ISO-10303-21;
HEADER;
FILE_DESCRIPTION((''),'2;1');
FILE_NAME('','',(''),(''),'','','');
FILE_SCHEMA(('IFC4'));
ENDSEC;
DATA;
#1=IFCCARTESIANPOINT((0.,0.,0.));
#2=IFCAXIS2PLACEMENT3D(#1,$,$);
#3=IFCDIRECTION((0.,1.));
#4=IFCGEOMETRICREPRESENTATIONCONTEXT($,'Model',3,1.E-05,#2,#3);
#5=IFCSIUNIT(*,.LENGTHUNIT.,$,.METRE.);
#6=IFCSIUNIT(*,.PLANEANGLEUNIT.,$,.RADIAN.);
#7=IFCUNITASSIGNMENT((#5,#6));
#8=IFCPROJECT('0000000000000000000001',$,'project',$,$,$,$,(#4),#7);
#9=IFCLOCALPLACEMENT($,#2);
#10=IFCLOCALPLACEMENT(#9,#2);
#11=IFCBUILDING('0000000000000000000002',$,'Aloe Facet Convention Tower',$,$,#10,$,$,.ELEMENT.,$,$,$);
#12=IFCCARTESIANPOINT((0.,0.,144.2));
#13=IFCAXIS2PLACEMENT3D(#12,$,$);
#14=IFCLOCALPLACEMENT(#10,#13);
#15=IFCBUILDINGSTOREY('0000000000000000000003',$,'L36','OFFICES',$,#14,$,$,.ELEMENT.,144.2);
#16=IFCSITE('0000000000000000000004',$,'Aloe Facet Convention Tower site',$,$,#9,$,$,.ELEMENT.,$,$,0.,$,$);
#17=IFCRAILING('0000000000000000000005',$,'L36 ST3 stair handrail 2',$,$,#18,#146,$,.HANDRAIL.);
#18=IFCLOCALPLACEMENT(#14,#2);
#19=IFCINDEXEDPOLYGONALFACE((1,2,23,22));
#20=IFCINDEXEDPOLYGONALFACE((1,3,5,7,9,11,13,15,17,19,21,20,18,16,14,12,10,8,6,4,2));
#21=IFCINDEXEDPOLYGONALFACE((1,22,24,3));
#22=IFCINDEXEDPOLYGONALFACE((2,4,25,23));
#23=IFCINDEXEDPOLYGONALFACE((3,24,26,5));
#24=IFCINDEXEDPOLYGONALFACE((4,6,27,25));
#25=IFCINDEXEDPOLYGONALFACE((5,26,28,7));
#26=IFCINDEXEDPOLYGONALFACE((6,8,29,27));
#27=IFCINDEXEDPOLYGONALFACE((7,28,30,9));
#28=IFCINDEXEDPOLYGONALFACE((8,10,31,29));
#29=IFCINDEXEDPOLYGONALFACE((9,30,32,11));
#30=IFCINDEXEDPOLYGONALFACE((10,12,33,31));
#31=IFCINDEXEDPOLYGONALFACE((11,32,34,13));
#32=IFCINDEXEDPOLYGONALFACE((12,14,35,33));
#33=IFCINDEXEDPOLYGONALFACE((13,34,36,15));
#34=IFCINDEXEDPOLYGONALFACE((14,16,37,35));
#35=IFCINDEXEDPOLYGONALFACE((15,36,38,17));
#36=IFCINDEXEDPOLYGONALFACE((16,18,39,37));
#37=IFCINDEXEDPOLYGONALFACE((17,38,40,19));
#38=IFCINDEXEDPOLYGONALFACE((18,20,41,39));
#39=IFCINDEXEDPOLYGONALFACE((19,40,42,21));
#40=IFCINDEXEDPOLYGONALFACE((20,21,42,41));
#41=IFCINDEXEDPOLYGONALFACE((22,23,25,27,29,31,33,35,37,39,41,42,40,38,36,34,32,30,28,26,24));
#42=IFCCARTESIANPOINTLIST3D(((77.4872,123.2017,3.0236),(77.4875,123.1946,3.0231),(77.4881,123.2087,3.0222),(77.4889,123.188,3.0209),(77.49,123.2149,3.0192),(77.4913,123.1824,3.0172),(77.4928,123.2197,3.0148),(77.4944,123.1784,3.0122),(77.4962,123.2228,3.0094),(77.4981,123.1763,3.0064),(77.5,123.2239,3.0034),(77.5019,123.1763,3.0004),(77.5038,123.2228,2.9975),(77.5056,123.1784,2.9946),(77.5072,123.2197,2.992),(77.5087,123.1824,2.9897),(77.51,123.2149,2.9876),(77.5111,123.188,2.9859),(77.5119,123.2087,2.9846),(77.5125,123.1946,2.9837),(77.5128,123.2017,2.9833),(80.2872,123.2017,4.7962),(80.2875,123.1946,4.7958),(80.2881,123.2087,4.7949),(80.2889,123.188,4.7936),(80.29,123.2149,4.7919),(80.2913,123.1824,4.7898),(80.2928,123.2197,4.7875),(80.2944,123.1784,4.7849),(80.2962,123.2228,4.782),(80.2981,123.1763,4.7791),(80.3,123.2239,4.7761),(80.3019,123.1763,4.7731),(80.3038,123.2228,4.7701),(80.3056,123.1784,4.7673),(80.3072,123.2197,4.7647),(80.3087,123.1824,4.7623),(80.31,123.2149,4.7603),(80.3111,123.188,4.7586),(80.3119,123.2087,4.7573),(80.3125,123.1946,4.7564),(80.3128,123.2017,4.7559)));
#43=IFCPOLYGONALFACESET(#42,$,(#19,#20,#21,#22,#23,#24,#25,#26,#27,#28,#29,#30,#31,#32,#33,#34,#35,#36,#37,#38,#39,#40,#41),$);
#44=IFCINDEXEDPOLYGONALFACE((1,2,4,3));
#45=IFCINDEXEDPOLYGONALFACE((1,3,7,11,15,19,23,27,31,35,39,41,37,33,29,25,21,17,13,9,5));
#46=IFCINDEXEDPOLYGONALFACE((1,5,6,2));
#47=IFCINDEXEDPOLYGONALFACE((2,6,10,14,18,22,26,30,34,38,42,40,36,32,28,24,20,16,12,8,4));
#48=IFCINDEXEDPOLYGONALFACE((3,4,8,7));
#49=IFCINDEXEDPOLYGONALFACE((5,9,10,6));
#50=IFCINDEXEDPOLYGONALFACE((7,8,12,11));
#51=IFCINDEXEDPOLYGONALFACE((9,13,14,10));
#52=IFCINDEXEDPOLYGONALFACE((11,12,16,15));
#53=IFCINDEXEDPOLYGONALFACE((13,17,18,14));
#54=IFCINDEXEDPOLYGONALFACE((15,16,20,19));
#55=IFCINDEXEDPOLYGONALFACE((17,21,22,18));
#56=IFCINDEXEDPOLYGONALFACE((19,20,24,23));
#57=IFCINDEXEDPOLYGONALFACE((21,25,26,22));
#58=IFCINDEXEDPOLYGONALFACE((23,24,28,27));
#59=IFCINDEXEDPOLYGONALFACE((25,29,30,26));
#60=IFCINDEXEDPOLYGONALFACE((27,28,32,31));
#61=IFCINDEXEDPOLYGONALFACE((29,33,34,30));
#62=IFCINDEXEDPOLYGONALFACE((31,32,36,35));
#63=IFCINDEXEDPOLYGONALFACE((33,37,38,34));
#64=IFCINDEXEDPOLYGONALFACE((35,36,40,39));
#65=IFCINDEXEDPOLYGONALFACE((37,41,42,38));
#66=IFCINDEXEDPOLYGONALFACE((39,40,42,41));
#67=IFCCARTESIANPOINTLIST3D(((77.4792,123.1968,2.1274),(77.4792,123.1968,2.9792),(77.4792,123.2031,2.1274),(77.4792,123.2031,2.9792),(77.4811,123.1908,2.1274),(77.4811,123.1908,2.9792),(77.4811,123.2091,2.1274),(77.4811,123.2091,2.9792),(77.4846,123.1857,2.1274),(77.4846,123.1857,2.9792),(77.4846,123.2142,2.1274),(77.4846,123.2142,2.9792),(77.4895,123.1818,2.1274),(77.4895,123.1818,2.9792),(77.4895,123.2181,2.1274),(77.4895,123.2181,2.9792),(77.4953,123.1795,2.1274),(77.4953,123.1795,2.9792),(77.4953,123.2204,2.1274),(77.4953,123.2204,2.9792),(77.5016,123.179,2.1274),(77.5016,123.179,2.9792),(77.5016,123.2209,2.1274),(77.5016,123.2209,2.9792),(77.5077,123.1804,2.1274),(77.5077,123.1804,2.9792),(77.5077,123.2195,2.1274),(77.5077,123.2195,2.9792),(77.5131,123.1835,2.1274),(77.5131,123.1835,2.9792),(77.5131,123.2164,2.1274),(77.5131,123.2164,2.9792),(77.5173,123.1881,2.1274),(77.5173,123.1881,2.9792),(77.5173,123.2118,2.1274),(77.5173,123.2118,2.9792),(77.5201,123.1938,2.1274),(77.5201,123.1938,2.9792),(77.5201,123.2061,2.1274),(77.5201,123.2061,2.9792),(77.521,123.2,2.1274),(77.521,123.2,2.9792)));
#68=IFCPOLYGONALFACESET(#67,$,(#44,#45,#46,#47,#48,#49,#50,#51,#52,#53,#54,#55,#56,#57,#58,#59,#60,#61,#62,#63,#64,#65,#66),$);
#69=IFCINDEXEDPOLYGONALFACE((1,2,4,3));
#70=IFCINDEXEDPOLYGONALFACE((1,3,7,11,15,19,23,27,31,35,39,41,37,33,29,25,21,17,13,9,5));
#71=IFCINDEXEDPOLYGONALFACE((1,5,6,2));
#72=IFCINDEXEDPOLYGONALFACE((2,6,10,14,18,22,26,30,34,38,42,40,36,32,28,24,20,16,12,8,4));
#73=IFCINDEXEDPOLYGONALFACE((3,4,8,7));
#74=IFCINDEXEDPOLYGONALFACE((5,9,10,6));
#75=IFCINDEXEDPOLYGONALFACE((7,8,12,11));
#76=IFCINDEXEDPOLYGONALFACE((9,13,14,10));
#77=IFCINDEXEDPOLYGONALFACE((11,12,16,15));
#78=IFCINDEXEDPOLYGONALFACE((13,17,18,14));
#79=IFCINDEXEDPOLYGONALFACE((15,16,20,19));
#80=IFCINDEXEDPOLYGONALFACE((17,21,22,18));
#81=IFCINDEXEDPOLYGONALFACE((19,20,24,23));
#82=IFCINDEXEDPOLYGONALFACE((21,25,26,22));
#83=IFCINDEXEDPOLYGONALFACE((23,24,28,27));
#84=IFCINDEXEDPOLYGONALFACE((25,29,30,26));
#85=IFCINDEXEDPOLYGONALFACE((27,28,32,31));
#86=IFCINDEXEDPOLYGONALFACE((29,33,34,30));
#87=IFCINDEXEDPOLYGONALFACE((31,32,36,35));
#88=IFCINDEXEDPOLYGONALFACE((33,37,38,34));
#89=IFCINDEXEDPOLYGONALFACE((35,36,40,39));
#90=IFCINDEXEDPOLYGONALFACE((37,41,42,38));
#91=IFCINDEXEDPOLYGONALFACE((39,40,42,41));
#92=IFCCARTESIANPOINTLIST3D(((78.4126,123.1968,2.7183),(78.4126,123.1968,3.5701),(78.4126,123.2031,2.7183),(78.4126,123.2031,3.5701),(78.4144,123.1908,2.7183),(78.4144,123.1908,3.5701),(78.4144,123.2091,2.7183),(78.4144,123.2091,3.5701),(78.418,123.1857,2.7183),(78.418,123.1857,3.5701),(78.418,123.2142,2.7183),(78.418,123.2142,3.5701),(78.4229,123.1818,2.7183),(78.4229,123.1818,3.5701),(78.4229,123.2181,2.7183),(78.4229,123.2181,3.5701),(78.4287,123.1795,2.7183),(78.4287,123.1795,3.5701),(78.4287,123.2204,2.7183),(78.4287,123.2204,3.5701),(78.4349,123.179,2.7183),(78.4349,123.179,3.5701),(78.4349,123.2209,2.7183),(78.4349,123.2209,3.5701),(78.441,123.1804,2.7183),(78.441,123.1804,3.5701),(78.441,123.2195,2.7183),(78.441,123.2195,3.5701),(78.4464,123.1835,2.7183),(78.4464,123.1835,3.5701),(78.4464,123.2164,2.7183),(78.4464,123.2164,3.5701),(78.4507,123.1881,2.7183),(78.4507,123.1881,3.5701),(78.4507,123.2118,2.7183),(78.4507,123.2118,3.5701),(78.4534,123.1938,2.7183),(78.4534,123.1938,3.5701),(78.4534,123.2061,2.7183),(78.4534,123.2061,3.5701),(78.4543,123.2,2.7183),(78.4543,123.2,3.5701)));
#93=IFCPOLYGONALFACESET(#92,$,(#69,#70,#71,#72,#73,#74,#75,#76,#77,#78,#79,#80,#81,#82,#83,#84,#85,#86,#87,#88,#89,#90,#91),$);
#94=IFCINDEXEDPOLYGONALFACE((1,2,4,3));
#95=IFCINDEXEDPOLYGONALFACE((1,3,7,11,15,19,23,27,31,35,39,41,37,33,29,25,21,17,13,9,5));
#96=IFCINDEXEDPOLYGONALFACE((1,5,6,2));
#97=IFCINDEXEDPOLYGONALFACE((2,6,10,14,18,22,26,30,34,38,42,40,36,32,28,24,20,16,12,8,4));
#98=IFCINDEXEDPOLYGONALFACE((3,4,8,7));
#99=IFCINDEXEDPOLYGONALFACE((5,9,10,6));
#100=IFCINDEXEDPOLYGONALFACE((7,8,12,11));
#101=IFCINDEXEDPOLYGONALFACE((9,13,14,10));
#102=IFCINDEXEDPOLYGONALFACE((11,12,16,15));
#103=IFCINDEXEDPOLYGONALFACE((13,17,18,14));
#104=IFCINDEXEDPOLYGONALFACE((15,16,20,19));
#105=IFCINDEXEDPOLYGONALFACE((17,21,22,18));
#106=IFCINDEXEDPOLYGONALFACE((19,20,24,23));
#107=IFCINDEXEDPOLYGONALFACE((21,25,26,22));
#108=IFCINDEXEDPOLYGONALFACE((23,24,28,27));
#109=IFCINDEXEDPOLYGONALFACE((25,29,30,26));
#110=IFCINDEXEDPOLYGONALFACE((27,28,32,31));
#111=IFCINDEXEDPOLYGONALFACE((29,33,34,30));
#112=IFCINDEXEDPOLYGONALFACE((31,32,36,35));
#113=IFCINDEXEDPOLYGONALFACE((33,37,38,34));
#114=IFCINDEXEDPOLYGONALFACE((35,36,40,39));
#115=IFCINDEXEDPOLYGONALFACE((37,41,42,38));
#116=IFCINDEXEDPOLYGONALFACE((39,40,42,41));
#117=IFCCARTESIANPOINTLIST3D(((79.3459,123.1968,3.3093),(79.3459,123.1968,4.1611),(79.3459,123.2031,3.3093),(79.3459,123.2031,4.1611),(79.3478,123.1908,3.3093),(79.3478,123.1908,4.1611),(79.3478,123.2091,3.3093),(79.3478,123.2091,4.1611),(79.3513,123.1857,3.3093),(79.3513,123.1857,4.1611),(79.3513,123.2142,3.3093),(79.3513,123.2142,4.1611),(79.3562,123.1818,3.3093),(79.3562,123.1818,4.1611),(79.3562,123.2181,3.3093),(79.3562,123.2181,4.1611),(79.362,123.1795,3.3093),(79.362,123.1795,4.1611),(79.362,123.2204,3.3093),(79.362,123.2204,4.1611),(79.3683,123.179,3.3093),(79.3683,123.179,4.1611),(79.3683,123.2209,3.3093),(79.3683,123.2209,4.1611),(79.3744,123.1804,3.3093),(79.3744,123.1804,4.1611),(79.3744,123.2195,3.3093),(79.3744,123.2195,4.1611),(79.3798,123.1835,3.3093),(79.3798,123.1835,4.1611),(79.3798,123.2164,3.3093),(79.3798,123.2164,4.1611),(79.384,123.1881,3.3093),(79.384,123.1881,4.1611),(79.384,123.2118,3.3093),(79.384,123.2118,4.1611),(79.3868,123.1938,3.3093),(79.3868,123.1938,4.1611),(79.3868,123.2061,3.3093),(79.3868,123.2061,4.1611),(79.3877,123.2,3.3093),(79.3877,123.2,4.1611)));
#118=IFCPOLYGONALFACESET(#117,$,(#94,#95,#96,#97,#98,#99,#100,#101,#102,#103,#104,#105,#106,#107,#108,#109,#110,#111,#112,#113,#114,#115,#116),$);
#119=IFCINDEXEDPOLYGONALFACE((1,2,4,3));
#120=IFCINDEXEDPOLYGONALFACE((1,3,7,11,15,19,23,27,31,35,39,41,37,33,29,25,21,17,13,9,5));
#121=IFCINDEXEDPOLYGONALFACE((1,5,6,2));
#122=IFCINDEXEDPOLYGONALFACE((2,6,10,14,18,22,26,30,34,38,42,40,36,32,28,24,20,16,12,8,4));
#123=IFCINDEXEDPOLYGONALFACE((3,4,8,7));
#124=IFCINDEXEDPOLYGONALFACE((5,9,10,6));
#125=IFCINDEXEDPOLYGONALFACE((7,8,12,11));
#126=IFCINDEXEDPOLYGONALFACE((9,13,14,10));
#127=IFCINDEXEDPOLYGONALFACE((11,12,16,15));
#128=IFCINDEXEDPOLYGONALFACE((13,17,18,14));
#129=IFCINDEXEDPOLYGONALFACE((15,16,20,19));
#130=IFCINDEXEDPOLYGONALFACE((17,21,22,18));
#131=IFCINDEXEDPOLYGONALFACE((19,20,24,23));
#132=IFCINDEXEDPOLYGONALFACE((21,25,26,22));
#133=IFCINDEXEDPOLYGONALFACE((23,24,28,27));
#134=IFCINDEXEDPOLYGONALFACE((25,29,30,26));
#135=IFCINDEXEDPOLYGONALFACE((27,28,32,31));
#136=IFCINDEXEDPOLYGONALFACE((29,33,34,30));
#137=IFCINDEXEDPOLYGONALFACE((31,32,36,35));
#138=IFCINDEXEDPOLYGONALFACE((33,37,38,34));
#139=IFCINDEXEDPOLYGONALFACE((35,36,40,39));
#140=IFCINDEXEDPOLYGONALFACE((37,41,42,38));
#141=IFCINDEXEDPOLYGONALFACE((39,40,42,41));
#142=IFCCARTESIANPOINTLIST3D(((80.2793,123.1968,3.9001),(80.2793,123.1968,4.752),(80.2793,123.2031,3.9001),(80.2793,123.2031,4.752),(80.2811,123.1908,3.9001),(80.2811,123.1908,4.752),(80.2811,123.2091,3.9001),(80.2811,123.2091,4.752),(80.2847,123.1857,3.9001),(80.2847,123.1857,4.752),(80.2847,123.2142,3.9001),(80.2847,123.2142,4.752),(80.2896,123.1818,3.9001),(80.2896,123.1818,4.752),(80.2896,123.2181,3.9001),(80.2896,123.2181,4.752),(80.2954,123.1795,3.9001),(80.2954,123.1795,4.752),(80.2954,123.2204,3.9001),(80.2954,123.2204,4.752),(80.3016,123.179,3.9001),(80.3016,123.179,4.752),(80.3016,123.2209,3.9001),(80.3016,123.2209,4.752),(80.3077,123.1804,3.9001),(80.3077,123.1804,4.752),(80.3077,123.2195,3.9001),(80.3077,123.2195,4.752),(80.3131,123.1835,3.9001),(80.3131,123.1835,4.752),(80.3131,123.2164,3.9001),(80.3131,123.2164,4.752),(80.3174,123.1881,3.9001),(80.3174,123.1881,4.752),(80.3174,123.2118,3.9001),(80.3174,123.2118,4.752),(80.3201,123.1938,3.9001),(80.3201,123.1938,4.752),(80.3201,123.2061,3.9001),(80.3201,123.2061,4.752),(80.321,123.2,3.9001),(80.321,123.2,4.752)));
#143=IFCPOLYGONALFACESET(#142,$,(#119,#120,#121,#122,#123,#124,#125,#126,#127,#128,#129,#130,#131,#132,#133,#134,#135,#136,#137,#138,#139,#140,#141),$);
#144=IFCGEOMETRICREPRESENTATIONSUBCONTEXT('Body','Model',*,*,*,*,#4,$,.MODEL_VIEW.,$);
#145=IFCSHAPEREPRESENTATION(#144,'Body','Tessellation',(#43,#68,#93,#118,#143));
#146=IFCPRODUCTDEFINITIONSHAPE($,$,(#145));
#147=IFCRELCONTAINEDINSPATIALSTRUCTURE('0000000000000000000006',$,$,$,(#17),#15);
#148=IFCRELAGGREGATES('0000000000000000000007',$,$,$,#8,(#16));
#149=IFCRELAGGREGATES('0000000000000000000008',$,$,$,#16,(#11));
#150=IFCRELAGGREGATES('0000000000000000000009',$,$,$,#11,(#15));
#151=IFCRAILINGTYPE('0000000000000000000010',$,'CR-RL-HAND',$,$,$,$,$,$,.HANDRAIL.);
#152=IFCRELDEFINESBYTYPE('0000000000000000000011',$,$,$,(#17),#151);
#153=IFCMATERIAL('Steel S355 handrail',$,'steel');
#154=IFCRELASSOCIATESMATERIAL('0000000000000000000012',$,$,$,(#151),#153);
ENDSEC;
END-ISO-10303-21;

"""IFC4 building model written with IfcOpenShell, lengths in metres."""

from ifc_helpers import new_model, si_unit, direction, frame, origin, origin_2d, place, context, subcontext, project, spatial, circle, extrude, material, type_object, element, save


model = new_model("IFC4")

# Units and contexts
model_context = context("Model", 3, precision=1e-05, world=origin(), true_north=direction((0.0, 1.0)))
body_context = subcontext(model_context, "Body", "Model", "MODEL_VIEW")
ifc_project = project(units=[si_unit("LENGTHUNIT", "METRE"), si_unit("PLANEANGLEUNIT", "RADIAN")], contexts=[model_context])

# Site, building, storey
site_placement = place(None, origin())
site = spatial("IfcSite", under=ifc_project, at=site_placement, Name="Aloe Facet Convention Tower site", CompositionType="ELEMENT", RefElevation=0.0)
building_placement = place(site_placement, origin())
building = spatial("IfcBuilding", under=site, at=building_placement, Name="Aloe Facet Convention Tower", CompositionType="ELEMENT")
storey_placement = place(building_placement, frame((0.0, 0.0, 144.2)))
storey = spatial("IfcBuildingStorey", under=building, at=storey_placement, Name="L36", Description="OFFICES", CompositionType="ELEMENT", Elevation=144.2)

# Railing
ifc_material_1 = material(Name="Steel S355 handrail", Category="steel")
railing_type_1 = type_object("IfcRailingType", Name="CR-RL-HAND", PredefinedType="HANDRAIL", material=ifc_material_1)
railing_1_placement = place(storey_placement, frame((77.5, 123.2, 2.1274)))
element("IfcRailing", 1, at=railing_1_placement, inside=storey, type_object=railing_type_1, Name="L36 ST3 stair handrail 2", PredefinedType="HANDRAIL", context=body_context, shape_type="SweptSolid", body=[
    extrude(circle(Radius=0.0239, at=origin_2d()), frame((0.0, 0.0, 0.876), z_axis=(0.844909, 0.0, 0.53491), x_axis=(0.0, 1.0, 0.0)), (0.0, 0.0, 1.0), 3.314),
    extrude(circle(Radius=0.021, at=origin_2d()), origin(), (0.0, 0.0, 1.0), 0.8518),
    extrude(circle(Radius=0.021, at=origin_2d()), frame((0.9333, 0.0, 0.5908)), (0.0, 0.0, 1.0), 0.8518),
    extrude(circle(Radius=0.021, at=origin_2d()), frame((1.8667, 0.0, 1.1819)), (0.0, 0.0, 1.0), 0.8518),
    extrude(circle(Radius=0.021, at=origin_2d()), frame((2.8, 0.0, 1.7727)), (0.0, 0.0, 1.0), 0.8518),
])

save(model, "model.ifc")
